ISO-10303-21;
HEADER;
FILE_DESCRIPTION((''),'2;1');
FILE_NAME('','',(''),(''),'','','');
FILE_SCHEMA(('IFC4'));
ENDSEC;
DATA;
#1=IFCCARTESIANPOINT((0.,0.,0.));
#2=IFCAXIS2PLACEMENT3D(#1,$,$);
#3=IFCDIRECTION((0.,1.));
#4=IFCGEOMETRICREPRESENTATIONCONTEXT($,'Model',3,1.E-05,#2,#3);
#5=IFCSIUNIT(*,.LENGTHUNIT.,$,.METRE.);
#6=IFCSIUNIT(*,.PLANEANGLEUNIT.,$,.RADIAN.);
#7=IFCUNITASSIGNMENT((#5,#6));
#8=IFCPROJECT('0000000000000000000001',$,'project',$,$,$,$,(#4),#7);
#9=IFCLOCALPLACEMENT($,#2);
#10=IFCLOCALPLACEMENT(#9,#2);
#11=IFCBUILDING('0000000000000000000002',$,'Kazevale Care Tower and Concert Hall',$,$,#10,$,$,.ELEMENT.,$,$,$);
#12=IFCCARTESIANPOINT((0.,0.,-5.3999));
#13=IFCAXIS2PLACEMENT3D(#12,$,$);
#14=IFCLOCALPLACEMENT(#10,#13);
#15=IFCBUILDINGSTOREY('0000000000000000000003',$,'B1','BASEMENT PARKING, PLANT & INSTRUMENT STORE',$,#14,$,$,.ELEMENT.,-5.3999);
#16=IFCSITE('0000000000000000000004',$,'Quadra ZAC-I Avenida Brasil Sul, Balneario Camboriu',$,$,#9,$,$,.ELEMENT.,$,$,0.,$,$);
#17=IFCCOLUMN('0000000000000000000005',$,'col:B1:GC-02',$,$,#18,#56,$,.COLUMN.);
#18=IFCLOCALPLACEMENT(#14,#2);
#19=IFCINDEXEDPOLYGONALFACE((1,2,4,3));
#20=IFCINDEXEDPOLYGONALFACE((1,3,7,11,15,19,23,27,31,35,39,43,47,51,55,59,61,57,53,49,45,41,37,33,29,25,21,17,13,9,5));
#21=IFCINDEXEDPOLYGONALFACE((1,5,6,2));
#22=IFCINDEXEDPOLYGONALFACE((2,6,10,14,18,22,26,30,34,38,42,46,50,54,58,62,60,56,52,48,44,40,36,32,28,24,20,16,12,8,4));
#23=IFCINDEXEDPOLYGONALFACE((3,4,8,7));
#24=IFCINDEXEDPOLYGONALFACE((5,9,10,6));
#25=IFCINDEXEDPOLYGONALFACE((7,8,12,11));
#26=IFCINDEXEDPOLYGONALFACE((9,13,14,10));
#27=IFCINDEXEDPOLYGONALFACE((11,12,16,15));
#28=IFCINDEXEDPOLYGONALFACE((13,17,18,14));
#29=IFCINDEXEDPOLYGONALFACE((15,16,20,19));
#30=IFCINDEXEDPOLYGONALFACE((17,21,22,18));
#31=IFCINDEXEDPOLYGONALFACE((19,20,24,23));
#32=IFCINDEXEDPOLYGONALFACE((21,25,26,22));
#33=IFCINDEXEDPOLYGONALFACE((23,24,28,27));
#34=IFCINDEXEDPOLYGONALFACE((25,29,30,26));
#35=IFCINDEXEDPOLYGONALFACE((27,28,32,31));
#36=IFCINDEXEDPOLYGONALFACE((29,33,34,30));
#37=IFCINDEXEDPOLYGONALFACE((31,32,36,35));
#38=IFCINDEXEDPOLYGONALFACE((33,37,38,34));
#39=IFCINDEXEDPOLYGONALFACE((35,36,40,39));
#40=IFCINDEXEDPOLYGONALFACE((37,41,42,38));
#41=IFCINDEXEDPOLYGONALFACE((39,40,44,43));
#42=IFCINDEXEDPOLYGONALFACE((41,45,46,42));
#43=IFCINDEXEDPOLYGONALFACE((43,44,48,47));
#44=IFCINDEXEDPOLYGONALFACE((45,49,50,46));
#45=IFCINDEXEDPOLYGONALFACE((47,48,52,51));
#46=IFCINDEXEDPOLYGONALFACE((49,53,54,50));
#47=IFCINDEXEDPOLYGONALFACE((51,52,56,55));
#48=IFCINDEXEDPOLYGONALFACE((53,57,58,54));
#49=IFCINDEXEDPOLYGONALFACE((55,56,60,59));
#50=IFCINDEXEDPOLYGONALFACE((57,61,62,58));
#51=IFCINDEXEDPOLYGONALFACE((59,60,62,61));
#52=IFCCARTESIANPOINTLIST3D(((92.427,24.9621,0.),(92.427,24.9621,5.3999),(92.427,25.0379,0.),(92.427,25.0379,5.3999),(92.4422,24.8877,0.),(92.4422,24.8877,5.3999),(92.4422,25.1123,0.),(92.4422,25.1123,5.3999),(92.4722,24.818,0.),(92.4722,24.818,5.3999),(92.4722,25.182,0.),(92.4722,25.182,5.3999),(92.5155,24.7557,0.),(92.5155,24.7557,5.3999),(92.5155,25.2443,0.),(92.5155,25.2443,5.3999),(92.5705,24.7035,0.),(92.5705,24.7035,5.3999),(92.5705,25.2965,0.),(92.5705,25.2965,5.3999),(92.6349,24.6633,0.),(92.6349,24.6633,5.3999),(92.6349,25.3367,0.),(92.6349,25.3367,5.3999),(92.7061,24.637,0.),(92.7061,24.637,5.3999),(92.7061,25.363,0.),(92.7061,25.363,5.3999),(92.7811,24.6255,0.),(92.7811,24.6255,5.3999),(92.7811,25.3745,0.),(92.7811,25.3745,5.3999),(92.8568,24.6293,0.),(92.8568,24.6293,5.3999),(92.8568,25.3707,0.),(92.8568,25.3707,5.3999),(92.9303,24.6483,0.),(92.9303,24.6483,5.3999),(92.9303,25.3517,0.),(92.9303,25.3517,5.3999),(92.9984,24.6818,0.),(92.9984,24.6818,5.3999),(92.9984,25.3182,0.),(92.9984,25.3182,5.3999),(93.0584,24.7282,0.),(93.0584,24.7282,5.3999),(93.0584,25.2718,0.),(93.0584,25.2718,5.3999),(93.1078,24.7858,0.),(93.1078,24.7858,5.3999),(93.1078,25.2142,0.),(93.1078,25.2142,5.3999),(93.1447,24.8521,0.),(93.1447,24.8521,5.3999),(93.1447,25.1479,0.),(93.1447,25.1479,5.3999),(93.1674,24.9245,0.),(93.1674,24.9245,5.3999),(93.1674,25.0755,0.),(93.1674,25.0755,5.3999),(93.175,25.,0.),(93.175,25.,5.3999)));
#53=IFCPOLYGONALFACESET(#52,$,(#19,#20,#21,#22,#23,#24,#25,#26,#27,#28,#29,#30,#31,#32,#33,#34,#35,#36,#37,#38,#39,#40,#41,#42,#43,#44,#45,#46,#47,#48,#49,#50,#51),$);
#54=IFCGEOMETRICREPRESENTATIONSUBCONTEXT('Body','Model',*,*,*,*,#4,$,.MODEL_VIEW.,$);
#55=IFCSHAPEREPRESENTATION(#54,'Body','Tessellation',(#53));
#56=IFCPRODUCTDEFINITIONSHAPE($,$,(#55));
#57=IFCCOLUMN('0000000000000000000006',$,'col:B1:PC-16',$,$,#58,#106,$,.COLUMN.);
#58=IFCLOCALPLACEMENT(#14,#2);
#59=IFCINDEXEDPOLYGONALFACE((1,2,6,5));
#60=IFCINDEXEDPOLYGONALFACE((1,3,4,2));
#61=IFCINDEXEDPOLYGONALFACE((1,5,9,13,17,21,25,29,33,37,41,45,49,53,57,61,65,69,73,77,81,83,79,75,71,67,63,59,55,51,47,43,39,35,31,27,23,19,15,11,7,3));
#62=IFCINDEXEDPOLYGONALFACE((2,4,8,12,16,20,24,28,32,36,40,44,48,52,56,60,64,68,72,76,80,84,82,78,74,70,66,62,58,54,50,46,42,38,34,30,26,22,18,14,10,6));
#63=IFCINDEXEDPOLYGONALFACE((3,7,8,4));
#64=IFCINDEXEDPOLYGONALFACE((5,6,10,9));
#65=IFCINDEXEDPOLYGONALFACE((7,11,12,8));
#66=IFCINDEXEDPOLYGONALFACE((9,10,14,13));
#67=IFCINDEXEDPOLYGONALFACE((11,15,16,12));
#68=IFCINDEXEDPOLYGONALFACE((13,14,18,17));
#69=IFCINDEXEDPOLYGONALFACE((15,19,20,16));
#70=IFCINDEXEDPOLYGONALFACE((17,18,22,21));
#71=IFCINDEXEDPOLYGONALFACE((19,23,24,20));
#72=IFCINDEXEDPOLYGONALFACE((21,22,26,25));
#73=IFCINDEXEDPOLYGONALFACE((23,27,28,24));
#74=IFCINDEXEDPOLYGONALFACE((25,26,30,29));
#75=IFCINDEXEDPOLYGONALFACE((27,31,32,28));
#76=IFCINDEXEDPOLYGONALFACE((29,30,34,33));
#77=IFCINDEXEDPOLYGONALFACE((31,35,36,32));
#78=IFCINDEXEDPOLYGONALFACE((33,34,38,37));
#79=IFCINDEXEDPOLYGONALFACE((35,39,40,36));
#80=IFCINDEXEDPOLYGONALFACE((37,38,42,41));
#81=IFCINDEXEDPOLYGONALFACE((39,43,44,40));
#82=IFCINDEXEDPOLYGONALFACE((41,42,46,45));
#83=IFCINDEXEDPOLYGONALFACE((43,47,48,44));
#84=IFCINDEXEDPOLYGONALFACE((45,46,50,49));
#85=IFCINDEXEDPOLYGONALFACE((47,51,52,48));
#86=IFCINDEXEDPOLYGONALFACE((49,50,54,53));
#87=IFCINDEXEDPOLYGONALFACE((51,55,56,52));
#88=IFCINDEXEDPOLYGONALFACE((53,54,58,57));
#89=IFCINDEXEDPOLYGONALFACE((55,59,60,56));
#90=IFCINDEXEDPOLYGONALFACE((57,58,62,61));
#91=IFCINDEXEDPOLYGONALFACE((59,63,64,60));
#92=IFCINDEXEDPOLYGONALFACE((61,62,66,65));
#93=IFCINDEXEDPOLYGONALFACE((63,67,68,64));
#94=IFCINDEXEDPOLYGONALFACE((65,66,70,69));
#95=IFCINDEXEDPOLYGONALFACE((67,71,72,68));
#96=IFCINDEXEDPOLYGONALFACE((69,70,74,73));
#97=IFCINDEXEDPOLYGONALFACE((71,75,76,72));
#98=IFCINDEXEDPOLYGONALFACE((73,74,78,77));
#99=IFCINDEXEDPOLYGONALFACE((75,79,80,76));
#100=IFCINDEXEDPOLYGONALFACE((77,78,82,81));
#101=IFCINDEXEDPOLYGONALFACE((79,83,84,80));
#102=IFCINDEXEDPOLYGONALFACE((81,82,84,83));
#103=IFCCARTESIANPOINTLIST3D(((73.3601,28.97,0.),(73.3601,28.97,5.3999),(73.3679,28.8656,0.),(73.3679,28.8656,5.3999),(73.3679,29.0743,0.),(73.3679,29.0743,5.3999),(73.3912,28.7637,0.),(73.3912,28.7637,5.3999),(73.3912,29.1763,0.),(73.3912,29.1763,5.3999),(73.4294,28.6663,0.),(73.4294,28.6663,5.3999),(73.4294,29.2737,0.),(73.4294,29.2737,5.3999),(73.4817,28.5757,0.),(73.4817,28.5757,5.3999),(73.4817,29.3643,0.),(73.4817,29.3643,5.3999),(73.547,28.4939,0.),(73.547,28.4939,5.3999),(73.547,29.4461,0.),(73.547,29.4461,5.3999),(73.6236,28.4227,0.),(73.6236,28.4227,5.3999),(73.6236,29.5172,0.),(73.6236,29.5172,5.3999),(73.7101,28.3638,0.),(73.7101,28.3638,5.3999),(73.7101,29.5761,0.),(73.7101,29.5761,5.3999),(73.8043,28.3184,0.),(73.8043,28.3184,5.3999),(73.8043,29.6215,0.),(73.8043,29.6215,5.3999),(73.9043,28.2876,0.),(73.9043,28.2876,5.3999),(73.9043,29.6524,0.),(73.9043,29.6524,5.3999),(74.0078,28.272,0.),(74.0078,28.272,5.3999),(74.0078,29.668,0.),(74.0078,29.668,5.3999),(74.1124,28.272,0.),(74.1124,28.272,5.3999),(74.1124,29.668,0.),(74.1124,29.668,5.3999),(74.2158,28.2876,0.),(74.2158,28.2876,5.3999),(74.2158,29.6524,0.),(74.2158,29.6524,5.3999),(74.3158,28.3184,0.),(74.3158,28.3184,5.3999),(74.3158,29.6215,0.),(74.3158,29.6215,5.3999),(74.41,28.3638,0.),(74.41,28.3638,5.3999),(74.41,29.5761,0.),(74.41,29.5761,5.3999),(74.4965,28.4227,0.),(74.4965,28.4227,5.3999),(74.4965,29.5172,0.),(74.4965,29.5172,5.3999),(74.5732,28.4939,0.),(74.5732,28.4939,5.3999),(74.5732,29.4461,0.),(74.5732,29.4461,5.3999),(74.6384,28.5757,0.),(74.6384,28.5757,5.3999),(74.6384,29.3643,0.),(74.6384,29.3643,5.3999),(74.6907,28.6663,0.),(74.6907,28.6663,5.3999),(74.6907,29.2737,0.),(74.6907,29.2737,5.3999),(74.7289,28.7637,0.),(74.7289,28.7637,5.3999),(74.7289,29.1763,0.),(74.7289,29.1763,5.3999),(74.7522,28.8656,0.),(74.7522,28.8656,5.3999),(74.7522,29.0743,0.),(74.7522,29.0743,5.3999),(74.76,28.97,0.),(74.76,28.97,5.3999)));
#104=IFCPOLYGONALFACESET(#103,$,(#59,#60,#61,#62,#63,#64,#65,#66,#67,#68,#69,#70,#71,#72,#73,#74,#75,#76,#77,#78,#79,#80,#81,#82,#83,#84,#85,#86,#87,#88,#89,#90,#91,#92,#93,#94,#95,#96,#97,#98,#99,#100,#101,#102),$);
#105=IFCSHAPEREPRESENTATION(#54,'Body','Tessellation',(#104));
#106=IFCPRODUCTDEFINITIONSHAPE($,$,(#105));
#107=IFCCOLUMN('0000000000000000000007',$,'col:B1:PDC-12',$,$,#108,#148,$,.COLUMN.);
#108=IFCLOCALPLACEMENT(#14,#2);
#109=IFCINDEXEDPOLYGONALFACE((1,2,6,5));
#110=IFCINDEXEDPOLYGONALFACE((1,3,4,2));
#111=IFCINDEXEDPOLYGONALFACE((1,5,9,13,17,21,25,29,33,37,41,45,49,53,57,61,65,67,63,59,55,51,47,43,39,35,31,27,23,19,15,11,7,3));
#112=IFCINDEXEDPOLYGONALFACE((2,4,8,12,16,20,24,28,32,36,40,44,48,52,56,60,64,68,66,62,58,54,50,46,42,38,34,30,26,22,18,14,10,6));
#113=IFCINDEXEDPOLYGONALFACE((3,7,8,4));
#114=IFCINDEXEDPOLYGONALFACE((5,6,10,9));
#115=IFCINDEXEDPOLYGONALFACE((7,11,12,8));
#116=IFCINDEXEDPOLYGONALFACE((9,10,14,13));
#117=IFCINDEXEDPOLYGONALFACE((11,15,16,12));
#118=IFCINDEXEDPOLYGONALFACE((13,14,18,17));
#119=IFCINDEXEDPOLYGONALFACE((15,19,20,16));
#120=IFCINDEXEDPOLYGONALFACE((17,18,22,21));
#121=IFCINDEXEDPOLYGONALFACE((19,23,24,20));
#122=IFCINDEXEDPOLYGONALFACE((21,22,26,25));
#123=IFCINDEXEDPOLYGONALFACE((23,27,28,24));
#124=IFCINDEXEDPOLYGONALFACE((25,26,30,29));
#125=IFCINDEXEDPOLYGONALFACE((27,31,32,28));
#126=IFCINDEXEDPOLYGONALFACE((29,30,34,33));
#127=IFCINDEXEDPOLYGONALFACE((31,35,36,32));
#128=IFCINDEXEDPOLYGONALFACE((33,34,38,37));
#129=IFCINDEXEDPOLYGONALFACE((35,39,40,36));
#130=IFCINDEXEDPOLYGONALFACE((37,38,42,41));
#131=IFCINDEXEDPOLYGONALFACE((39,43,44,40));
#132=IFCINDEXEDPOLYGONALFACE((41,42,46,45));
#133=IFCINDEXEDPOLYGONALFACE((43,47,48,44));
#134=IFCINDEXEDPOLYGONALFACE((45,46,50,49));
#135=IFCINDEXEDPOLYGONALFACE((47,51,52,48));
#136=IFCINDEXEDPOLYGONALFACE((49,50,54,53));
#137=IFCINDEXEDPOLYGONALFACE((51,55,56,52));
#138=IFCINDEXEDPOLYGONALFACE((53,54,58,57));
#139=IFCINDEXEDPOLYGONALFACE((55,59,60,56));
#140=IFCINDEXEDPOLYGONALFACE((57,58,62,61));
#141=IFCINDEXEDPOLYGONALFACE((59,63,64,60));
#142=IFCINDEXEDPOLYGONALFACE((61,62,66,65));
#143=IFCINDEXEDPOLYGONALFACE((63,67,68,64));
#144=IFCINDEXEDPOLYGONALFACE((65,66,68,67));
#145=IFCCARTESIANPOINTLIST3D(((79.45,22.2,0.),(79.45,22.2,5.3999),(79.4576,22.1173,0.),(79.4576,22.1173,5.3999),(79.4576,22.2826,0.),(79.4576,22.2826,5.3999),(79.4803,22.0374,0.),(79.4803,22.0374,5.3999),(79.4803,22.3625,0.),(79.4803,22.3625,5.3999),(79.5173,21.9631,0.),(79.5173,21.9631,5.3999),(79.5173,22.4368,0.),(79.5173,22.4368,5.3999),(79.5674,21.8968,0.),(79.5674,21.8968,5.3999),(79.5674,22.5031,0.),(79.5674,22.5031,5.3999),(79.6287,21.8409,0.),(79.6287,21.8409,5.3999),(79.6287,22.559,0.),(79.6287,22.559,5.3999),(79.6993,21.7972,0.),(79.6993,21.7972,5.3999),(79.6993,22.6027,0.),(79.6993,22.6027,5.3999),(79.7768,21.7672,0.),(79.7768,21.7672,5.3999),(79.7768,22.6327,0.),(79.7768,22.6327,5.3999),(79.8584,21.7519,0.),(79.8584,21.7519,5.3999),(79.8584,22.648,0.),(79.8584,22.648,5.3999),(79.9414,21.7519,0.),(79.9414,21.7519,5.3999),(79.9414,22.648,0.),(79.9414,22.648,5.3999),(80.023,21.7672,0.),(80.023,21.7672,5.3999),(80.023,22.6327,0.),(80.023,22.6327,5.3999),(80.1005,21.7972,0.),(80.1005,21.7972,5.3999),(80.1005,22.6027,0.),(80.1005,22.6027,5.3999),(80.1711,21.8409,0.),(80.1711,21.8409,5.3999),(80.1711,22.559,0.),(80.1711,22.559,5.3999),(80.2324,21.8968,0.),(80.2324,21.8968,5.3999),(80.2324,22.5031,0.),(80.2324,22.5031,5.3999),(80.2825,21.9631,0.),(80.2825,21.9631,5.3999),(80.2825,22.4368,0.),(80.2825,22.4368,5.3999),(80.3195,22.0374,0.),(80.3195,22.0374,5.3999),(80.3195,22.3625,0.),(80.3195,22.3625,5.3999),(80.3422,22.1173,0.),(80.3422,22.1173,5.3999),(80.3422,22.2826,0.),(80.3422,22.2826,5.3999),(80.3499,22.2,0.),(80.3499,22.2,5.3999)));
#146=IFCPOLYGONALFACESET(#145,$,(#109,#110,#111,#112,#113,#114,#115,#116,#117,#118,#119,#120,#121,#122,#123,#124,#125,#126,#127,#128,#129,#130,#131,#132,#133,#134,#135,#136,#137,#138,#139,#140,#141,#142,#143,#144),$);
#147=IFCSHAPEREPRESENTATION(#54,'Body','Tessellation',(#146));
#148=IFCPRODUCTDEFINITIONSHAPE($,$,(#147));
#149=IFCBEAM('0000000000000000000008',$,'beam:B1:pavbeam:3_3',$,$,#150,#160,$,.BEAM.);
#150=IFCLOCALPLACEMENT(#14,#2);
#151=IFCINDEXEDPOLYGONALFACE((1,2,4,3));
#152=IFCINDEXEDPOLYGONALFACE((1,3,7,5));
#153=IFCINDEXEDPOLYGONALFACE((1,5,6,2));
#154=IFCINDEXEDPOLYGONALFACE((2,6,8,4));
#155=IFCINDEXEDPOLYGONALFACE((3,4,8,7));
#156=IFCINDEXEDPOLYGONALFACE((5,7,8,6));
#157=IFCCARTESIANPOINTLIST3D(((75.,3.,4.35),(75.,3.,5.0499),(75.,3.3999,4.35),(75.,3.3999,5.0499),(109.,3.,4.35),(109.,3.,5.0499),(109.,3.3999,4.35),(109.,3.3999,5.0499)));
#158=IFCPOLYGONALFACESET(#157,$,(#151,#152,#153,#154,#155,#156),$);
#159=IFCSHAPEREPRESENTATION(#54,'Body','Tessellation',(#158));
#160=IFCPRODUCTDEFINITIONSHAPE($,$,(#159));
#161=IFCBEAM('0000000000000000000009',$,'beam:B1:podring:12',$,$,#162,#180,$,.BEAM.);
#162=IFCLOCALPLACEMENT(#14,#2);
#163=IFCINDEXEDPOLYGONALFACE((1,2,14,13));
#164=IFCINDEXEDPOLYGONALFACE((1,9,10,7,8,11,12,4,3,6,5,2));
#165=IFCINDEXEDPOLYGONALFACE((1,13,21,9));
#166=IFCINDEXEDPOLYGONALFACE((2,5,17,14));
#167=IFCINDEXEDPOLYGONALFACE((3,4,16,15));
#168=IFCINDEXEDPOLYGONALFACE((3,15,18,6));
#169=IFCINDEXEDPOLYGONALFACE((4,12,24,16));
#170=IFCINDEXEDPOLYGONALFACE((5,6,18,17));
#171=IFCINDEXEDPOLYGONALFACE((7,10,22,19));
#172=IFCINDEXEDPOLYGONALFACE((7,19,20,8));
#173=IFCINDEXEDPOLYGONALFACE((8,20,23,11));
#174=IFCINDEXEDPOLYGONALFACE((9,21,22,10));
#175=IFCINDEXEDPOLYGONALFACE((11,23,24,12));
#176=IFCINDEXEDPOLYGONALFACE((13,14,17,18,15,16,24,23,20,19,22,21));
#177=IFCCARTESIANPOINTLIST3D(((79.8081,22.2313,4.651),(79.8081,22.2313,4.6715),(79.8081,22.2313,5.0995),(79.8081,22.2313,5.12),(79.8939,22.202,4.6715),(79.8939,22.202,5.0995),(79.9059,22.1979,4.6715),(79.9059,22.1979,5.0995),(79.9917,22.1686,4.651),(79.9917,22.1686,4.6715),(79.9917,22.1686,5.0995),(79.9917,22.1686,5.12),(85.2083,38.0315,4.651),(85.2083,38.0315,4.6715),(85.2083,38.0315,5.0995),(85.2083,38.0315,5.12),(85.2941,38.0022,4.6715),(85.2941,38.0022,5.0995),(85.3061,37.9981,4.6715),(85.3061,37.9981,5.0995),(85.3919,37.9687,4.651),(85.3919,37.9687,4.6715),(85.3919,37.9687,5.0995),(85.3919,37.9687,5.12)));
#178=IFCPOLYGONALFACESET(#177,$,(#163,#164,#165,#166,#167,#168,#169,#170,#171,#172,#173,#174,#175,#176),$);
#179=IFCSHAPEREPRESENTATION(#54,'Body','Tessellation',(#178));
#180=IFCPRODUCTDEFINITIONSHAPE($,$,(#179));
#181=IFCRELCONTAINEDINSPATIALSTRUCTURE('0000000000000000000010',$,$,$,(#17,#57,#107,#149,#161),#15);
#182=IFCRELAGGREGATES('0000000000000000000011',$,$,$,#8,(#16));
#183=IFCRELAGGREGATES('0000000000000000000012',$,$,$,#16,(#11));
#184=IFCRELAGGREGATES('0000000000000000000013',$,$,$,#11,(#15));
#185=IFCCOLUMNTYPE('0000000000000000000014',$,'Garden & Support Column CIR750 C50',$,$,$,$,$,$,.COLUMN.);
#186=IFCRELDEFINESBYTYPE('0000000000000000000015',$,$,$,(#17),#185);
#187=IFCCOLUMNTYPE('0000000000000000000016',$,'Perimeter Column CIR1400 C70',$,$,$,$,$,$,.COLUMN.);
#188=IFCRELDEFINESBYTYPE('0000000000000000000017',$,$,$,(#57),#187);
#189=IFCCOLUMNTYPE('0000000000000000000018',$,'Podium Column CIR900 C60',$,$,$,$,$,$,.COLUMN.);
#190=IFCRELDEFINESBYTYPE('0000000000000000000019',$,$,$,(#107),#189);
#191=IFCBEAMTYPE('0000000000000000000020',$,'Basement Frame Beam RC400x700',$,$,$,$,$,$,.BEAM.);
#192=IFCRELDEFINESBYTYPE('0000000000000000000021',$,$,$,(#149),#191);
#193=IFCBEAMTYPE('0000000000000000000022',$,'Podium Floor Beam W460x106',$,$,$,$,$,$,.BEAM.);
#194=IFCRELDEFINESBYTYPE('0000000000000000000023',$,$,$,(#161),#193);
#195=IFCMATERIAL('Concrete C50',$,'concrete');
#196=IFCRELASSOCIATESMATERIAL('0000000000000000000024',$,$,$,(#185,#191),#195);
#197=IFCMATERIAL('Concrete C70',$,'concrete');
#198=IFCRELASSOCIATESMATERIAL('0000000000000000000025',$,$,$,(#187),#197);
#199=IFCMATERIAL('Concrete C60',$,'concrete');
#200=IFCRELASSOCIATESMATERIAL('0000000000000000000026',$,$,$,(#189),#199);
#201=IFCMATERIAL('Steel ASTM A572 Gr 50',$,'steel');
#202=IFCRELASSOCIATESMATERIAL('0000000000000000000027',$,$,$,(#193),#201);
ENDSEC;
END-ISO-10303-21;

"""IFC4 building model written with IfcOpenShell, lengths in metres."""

from ifc_helpers import new_model, si_unit, direction, frame, origin, origin_2d, place, context, subcontext, project, spatial, rectangle, circle, i_section, extrude, material, material_profile, profile_set, type_object, element, save


model = new_model("IFC4")

# Units and contexts
model_context = context("Model", 3, precision=1e-05, world=origin(), true_north=direction((0.0, 1.0)))
body_context = subcontext(model_context, "Body", "Model", "MODEL_VIEW")
ifc_project = project(units=[si_unit("LENGTHUNIT", "METRE"), si_unit("PLANEANGLEUNIT", "RADIAN")], contexts=[model_context])

# Site, building, storey
site_placement = place(None, origin())
site = spatial("IfcSite", under=ifc_project, at=site_placement, Name="Quadra ZAC-I Avenida Brasil Sul, Balneario Camboriu", CompositionType="ELEMENT", RefElevation=0.0)
building_placement = place(site_placement, origin())
building = spatial("IfcBuilding", under=site, at=building_placement, Name="Kazevale Care Tower and Concert Hall", CompositionType="ELEMENT")
storey_placement = place(building_placement, frame((0.0, 0.0, -5.3999)))
storey = spatial("IfcBuildingStorey", under=building, at=storey_placement, Name="B1", Description="BASEMENT PARKING, PLANT & INSTRUMENT STORE", CompositionType="ELEMENT", Elevation=-5.3999)

# Shared definitions
ifc_material_1 = material(Name="Concrete C50", Category="concrete")

# Columns
ifc_material_profile_1 = material_profile(ifc_material_1, circle(Radius=0.375, at=origin_2d()), Name="RC-CIR750")
ifc_profile_set_1 = profile_set([ifc_material_profile_1], Name="Concrete C50")
column_type_1 = type_object("IfcColumnType", Name="Garden & Support Column CIR750 C50", PredefinedType="COLUMN", material=ifc_profile_set_1)
for number, where, z_axis, x_axis, name in (
    (1, (92.8, 25.0, 0.0), (0.0, 0.0, 1.0), (1.0, 0.0, 0.0), "col:B1:GC-02"),
):
    element("IfcColumn", number, at=place(storey_placement, frame(where, z_axis=z_axis, x_axis=x_axis)), inside=storey, type_object=column_type_1, Name=name, PredefinedType="COLUMN", context=body_context, shape_type="SweptSolid", body=[
        extrude(circle(Radius=0.375, at=origin_2d()), origin(), (0.0, 0.0, 1.0), 5.3999),
    ])
ifc_material_2 = material(Name="Concrete C70", Category="concrete")
ifc_material_profile_2 = material_profile(ifc_material_2, circle(Radius=0.7, at=origin_2d()), Name="RC-CIR1400")
ifc_profile_set_2 = profile_set([ifc_material_profile_2], Name="Concrete C70")
column_type_2 = type_object("IfcColumnType", Name="Perimeter Column CIR1400 C70", PredefinedType="COLUMN", material=ifc_profile_set_2)
column_1_placement = place(storey_placement, frame((74.0601, 28.97, 0.0), z_axis=(0.0, 0.0, 1.0), x_axis=(1.0, 0.0, 0.0)))
element("IfcColumn", 2, at=column_1_placement, inside=storey, type_object=column_type_2, Name="col:B1:PC-16", PredefinedType="COLUMN", context=body_context, shape_type="SweptSolid", body=[
    extrude(circle(Radius=0.7, at=origin_2d()), origin(), (0.0, 0.0, 1.0), 5.3999),
])
ifc_material_3 = material(Name="Concrete C60", Category="concrete")
ifc_material_profile_3 = material_profile(ifc_material_3, circle(Radius=0.45, at=origin_2d()), Name="RC-CIR900")
ifc_profile_set_3 = profile_set([ifc_material_profile_3], Name="Concrete C60")
column_type_3 = type_object("IfcColumnType", Name="Podium Column CIR900 C60", PredefinedType="COLUMN", material=ifc_profile_set_3)
column_2_placement = place(storey_placement, frame((79.8999, 22.2, 0.0), z_axis=(0.0, 0.0, 1.0), x_axis=(1.0, 0.0, 0.0)))
element("IfcColumn", 3, at=column_2_placement, inside=storey, type_object=column_type_3, Name="col:B1:PDC-12", PredefinedType="COLUMN", context=body_context, shape_type="SweptSolid", body=[
    extrude(circle(Radius=0.45, at=origin_2d()), origin(), (0.0, 0.0, 1.0), 5.3999),
])

# Beams
ifc_material_profile_4 = material_profile(ifc_material_1, rectangle(XDim=0.3999, YDim=0.7, at=origin_2d()), Name="RC-B400x700")
ifc_profile_set_4 = profile_set([ifc_material_profile_4], Name="Concrete C50")
beam_type_1 = type_object("IfcBeamType", Name="Basement Frame Beam RC400x700", PredefinedType="BEAM", material=ifc_profile_set_4)
beam_1_placement = place(storey_placement, frame((75.0, 3.2, 4.7), z_axis=(1.0, 0.0, 0.0), x_axis=(0.0, 1.0, 0.0)))
element("IfcBeam", 4, at=beam_1_placement, inside=storey, type_object=beam_type_1, Name="beam:B1:pavbeam:3_3", PredefinedType="BEAM", context=body_context, shape_type="SweptSolid", body=[
    extrude(rectangle(XDim=0.3999, YDim=0.7, at=origin_2d()), origin(), (0.0, 0.0, 1.0), 34.0),
])
ifc_material_4 = material(Name="Steel ASTM A572 Gr 50", Category="steel")
ifc_material_profile_5 = material_profile(ifc_material_4, i_section(OverallWidth=0.1941, OverallDepth=0.469, WebThickness=0.0127, FlangeThickness=0.0205, at=origin_2d()), Name="W460x106")
ifc_profile_set_5 = profile_set([ifc_material_profile_5], Name="Steel ASTM A572 Gr 50")
beam_type_2 = type_object("IfcBeamType", Name="Podium Floor Beam W460x106", PredefinedType="BEAM", material=ifc_profile_set_5)
beam_2_placement = place(storey_placement, frame((79.8999, 22.2, 4.8855), z_axis=(0.323412, 0.946258, 0.0), x_axis=(-0.946258, 0.323412, 0.0)))
element("IfcBeam", 5, at=beam_2_placement, inside=storey, type_object=beam_type_2, Name="beam:B1:podring:12", PredefinedType="BEAM", context=body_context, shape_type="SweptSolid", body=[
    extrude(i_section(OverallWidth=0.1941, OverallDepth=0.469, WebThickness=0.0127, FlangeThickness=0.0205, at=origin_2d()), origin(), (0.0, 0.0, 1.0), 16.6975),
])

save(model, "model.ifc")
